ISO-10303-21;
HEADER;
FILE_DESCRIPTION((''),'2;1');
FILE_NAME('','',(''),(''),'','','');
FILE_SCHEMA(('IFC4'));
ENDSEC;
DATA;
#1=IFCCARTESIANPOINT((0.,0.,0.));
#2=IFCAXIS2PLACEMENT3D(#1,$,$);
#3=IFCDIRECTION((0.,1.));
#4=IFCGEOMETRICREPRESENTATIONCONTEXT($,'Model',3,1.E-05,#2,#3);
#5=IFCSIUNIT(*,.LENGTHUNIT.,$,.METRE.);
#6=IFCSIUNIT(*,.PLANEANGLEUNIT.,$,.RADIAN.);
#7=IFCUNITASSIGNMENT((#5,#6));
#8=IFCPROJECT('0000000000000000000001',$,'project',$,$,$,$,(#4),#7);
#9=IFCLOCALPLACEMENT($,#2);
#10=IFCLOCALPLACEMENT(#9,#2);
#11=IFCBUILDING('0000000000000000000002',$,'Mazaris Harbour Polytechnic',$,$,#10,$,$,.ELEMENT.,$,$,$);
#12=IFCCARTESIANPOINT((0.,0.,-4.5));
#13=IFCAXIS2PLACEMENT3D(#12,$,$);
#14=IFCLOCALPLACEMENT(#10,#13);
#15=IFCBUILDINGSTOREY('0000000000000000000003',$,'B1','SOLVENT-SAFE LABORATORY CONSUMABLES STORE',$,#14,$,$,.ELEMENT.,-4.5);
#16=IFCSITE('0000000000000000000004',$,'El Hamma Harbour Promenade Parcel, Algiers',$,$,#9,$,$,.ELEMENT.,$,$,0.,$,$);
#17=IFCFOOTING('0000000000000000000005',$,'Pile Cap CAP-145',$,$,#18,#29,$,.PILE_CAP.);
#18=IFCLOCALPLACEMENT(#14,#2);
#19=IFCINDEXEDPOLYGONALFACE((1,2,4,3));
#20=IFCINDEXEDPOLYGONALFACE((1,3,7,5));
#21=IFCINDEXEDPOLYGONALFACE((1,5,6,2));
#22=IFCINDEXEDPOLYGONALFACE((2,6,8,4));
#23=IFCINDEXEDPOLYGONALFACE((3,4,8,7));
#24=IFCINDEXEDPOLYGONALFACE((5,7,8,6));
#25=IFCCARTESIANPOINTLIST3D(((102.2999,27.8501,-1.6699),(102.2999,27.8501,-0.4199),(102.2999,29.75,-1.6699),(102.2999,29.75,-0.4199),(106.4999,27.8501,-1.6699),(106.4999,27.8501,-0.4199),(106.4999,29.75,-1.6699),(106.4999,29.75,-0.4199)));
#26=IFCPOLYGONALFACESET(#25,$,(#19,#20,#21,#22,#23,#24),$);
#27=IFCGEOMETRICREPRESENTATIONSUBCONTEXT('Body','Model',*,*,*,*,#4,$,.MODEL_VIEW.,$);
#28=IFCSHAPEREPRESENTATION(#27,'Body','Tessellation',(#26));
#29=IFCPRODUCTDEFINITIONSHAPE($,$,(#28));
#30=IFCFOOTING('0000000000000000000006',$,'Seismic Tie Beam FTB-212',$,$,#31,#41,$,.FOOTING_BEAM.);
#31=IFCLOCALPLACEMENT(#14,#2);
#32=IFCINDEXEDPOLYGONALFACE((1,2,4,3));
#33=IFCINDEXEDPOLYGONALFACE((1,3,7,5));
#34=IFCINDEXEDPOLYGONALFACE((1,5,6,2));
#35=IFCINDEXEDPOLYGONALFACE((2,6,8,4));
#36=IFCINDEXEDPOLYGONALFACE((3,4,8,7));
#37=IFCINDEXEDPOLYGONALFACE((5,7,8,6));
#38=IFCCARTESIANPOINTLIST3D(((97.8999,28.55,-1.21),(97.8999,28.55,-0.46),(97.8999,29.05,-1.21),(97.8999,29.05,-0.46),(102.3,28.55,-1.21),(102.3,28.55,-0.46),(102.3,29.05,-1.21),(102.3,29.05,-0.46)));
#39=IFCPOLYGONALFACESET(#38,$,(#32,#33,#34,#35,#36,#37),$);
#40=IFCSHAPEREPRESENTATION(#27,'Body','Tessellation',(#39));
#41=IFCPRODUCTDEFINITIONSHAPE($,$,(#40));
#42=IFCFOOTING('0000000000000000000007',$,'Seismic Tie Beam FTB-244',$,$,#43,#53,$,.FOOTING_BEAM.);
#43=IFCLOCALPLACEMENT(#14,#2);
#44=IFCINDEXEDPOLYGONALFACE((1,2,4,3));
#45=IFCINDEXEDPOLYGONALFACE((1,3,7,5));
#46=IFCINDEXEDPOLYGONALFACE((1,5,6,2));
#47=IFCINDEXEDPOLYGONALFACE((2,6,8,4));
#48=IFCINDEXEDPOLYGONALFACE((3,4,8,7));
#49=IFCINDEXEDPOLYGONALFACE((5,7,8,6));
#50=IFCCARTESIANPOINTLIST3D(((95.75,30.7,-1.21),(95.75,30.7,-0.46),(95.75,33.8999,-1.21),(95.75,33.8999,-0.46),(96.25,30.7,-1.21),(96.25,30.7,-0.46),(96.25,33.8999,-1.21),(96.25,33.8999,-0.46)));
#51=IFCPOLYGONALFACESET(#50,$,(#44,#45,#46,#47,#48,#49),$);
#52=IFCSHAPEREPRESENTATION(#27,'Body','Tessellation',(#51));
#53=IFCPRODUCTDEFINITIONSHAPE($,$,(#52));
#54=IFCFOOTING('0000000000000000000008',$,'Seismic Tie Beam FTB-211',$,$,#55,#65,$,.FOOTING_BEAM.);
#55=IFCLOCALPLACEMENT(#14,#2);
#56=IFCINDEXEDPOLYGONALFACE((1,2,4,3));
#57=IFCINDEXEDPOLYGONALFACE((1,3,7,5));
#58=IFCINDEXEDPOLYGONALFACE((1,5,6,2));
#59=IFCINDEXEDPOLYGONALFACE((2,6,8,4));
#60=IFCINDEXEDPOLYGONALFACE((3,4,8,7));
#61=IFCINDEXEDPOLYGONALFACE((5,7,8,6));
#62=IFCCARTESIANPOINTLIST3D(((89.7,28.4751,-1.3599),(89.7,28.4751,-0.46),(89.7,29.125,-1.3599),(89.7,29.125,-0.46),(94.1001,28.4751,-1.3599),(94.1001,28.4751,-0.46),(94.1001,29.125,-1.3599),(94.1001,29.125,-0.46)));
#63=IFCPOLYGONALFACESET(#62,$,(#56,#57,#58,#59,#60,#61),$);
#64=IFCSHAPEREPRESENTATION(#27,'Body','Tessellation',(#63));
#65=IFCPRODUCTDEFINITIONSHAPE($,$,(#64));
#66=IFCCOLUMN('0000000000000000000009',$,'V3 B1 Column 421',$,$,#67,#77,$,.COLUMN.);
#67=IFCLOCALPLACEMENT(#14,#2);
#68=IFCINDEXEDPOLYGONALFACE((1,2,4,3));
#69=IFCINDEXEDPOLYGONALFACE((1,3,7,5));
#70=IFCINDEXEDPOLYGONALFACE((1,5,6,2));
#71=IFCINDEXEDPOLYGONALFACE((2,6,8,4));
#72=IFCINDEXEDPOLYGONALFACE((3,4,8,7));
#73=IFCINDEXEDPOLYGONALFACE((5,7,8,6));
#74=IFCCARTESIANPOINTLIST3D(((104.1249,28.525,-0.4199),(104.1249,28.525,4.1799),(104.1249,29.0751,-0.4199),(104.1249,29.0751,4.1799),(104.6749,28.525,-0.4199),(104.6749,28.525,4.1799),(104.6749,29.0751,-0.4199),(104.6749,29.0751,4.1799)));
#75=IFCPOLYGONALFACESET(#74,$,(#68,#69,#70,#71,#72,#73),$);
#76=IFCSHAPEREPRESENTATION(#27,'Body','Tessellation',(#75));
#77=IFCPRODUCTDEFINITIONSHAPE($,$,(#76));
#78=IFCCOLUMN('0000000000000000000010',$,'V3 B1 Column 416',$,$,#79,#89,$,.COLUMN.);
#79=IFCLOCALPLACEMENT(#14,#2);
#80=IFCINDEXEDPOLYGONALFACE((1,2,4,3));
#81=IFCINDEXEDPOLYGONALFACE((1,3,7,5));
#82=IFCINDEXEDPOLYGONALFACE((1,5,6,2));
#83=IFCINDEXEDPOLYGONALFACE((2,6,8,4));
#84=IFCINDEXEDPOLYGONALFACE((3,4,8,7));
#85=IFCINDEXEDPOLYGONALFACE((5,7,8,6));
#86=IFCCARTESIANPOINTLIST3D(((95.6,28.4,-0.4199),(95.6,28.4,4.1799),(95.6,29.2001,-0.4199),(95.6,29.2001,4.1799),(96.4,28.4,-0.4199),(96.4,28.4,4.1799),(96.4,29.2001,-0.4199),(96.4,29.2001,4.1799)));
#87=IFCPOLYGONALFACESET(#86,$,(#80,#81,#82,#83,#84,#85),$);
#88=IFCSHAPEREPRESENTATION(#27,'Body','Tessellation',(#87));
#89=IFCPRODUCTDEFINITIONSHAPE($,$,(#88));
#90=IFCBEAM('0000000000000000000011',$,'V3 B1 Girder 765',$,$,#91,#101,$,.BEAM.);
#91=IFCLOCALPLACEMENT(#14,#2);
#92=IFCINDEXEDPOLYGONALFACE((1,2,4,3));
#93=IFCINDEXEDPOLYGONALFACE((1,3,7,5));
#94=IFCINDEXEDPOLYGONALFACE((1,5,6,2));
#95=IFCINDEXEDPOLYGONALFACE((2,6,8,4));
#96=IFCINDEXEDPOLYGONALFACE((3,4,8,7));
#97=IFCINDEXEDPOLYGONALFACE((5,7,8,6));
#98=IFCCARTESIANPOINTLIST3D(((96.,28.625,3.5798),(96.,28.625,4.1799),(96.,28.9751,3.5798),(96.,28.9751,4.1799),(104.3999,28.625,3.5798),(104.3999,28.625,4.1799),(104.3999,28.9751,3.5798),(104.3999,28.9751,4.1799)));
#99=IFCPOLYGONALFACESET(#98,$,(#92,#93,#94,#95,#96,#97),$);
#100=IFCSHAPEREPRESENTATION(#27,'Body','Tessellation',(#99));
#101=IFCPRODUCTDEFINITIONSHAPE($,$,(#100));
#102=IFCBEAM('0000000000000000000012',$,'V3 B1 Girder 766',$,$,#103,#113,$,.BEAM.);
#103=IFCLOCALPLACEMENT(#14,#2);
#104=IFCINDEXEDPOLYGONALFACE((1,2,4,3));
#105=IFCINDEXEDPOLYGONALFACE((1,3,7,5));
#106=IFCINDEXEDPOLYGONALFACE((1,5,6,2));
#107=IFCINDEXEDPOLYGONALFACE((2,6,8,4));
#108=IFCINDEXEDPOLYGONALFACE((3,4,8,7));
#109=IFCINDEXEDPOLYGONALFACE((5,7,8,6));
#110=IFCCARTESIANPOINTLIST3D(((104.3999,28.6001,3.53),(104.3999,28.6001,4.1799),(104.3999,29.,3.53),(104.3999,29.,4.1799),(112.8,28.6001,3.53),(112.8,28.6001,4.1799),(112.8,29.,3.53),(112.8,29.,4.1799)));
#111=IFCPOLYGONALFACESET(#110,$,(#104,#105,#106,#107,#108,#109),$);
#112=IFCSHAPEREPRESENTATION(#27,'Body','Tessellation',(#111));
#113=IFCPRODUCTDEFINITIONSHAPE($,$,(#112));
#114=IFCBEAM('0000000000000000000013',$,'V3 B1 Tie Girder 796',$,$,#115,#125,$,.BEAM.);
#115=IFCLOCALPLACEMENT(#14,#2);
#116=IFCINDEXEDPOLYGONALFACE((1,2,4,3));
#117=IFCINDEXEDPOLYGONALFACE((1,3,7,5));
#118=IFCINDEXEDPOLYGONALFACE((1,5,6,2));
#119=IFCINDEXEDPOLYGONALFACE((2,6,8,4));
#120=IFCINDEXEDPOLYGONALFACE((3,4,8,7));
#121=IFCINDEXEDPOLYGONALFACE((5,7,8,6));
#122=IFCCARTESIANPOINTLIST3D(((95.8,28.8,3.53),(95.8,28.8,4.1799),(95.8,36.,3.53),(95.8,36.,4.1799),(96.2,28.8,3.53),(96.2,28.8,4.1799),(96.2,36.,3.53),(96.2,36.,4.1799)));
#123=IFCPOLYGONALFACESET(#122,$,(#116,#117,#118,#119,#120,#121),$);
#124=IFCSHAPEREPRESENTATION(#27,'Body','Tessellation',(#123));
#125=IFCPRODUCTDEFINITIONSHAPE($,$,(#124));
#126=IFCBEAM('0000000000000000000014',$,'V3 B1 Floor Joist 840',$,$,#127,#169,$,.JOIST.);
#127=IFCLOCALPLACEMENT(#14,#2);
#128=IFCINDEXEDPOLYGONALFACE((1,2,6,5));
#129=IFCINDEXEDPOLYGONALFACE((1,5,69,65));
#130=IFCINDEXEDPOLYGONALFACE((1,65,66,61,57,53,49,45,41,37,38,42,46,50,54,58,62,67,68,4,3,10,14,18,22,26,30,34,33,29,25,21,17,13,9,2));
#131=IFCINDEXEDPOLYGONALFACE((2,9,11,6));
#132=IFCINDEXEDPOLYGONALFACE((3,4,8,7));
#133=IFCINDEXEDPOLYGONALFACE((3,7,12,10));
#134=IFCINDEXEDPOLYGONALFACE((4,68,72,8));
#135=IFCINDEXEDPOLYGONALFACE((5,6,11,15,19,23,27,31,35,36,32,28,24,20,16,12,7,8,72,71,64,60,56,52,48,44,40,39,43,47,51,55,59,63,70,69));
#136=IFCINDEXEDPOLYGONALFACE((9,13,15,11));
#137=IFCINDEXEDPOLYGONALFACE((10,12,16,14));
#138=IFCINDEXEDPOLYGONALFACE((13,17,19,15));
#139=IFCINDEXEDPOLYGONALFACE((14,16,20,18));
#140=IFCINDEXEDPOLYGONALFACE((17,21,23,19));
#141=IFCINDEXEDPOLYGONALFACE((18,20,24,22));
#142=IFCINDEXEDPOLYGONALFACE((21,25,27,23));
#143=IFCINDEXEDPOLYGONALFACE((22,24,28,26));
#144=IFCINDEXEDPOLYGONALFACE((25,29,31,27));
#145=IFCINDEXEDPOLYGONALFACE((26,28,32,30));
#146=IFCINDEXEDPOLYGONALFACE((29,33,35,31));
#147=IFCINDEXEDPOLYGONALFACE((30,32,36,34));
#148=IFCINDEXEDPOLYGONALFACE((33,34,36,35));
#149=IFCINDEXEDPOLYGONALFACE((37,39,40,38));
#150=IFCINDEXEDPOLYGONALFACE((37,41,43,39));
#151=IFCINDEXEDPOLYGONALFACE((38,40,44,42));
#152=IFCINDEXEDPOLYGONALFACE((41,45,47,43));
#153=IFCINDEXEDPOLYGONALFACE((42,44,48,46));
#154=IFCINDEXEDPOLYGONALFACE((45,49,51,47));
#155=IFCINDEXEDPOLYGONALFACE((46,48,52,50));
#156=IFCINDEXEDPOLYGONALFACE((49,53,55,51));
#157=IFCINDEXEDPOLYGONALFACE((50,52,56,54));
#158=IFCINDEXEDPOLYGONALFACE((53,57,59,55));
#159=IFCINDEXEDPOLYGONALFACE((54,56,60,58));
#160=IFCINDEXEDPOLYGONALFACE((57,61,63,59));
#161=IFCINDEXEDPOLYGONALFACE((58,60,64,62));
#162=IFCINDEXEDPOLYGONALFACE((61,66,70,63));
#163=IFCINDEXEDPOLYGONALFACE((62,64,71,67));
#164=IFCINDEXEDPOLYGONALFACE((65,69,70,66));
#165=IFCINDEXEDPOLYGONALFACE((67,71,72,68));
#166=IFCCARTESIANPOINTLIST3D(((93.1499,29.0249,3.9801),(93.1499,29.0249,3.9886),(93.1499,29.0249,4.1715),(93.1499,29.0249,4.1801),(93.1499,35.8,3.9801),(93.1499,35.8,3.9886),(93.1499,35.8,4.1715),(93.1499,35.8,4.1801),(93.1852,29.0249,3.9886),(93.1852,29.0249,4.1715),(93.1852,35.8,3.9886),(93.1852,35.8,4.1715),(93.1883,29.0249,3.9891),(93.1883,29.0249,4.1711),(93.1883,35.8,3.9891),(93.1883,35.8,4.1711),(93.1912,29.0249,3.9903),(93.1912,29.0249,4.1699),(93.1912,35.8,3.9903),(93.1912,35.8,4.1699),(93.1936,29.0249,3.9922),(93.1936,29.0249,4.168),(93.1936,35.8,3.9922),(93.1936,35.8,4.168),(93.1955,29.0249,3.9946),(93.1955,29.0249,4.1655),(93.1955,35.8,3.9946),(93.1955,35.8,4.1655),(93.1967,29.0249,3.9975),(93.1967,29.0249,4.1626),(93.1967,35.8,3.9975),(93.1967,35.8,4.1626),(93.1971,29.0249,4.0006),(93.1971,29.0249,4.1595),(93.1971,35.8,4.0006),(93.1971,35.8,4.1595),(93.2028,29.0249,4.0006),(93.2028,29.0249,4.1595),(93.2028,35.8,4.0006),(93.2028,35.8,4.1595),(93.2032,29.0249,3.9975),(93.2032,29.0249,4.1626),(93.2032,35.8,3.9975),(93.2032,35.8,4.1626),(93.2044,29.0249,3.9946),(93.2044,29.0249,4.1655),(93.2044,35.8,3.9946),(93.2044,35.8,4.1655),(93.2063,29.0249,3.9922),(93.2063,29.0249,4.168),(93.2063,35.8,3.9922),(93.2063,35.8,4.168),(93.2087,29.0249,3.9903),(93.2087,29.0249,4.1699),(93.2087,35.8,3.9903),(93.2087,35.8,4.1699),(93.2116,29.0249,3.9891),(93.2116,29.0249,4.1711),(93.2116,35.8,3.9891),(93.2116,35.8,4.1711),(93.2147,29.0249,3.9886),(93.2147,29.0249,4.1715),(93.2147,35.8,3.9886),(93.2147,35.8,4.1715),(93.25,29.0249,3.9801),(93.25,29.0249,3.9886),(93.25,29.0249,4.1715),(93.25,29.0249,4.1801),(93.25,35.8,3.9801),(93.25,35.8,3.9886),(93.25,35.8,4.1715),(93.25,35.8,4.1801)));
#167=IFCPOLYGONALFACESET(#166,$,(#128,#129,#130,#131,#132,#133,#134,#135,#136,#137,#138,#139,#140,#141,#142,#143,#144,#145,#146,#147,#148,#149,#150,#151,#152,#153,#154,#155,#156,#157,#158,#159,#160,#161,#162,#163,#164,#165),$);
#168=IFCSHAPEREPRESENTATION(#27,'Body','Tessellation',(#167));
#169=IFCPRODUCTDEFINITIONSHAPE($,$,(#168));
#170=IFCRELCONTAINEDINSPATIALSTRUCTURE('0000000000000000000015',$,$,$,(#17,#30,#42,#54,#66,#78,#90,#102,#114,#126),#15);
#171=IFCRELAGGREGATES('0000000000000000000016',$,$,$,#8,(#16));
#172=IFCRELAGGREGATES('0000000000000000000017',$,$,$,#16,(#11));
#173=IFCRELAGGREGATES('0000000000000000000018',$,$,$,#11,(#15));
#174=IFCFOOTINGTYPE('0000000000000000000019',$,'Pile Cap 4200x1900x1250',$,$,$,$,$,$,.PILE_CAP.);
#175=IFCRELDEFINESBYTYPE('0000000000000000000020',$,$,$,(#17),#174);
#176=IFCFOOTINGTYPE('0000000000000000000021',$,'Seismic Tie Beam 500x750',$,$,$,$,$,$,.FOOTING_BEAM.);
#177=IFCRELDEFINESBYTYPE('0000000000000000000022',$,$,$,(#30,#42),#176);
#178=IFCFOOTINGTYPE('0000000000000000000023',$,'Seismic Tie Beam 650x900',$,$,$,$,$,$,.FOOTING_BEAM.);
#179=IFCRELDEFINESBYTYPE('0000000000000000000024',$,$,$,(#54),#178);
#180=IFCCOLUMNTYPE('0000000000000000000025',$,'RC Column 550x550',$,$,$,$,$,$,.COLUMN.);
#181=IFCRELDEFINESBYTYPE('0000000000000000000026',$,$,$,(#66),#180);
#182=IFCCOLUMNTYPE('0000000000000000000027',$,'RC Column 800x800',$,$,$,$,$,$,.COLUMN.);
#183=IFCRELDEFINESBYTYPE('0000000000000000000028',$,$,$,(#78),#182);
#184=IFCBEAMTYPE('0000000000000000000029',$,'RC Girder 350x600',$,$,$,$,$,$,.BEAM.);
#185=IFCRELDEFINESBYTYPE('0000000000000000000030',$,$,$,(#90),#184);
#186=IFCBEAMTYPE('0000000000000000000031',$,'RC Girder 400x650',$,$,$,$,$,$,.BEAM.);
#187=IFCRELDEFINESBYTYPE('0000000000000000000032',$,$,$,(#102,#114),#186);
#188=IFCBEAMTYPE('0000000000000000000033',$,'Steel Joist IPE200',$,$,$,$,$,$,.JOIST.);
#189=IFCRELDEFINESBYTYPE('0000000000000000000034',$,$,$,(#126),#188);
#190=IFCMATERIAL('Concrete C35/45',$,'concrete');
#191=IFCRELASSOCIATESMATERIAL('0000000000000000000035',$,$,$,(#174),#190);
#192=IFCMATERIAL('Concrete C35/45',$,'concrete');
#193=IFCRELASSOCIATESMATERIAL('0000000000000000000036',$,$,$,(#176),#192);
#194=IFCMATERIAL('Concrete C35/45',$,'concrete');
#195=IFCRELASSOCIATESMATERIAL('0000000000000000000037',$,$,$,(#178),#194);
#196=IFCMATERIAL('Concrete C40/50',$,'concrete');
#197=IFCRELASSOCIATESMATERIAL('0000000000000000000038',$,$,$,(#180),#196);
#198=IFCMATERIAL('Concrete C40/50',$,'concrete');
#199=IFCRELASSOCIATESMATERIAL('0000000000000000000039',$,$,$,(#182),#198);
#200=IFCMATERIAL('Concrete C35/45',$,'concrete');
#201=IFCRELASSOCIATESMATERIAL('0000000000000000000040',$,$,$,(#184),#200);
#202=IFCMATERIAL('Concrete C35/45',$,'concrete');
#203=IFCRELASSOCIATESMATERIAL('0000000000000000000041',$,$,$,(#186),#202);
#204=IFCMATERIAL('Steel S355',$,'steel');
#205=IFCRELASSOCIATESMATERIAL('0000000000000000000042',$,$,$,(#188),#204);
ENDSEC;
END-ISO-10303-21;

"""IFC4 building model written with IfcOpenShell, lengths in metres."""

from ifc_helpers import new_model, si_unit, direction, frame, origin, origin_2d, place, context, subcontext, project, spatial, rectangle, i_section, extrude, material, material_profile, profile_set, type_object, element, save


model = new_model("IFC4")

# Units and contexts
model_context = context("Model", 3, precision=1e-05, world=origin(), true_north=direction((0.0, 1.0)))
body_context = subcontext(model_context, "Body", "Model", "MODEL_VIEW")
ifc_project = project(units=[si_unit("LENGTHUNIT", "METRE"), si_unit("PLANEANGLEUNIT", "RADIAN")], contexts=[model_context])

# Site, building, storey
site_placement = place(None, origin())
site = spatial("IfcSite", under=ifc_project, at=site_placement, Name="El Hamma Harbour Promenade Parcel, Algiers", CompositionType="ELEMENT", RefElevation=0.0)
building_placement = place(site_placement, origin())
building = spatial("IfcBuilding", under=site, at=building_placement, Name="Mazaris Harbour Polytechnic", CompositionType="ELEMENT")
storey_placement = place(building_placement, frame((0.0, 0.0, -4.5)))
storey = spatial("IfcBuildingStorey", under=building, at=storey_placement, Name="B1", Description="SOLVENT-SAFE LABORATORY CONSUMABLES STORE", CompositionType="ELEMENT", Elevation=-4.5)

# Footings
ifc_material_1 = material(Name="Concrete C35/45", Category="concrete")
footing_type_1 = type_object("IfcFootingType", Name="Pile Cap 4200x1900x1250", PredefinedType="PILE_CAP", material=ifc_material_1)
footing_1_placement = place(storey_placement, frame((104.3999, 28.8, -1.6699), z_axis=(0.0, 0.0, 1.0), x_axis=(1.0, 0.0, 0.0)))
element("IfcFooting", 1, at=footing_1_placement, inside=storey, type_object=footing_type_1, Name="Pile Cap CAP-145", PredefinedType="PILE_CAP", context=body_context, shape_type="SweptSolid", body=[
    extrude(rectangle(XDim=4.2, YDim=1.8999, at=origin_2d()), origin(), (0.0, 0.0, 1.0), 1.25),
])
ifc_material_2 = material(Name="Concrete C35/45", Category="concrete")
ifc_material_profile_1 = material_profile(ifc_material_2, rectangle(XDim=0.5, YDim=0.75, at=origin_2d()), Name="RECT500x750")
ifc_profile_set_1 = profile_set([ifc_material_profile_1], Name="Concrete C35/45")
footing_type_2 = type_object("IfcFootingType", Name="Seismic Tie Beam 500x750", PredefinedType="FOOTING_BEAM", material=ifc_profile_set_1)
footing_2_placement = place(storey_placement, frame((97.8999, 28.8, -0.835), z_axis=(1.0, 0.0, 0.0), x_axis=(0.0, 1.0, 0.0)))
element("IfcFooting", 2, at=footing_2_placement, inside=storey, type_object=footing_type_2, Name="Seismic Tie Beam FTB-212", PredefinedType="FOOTING_BEAM", context=body_context, shape_type="SweptSolid", body=[
    extrude(rectangle(XDim=0.5, YDim=0.75, at=origin_2d()), origin(), (0.0, 0.0, 1.0), 4.4001),
])
footing_3_placement = place(storey_placement, frame((96.0, 30.7, -0.835), z_axis=(0.0, 1.0, 0.0), x_axis=(-1.0, 0.0, 0.0)))
element("IfcFooting", 3, at=footing_3_placement, inside=storey, type_object=footing_type_2, Name="Seismic Tie Beam FTB-244", PredefinedType="FOOTING_BEAM", context=body_context, shape_type="SweptSolid", body=[
    extrude(rectangle(XDim=0.5, YDim=0.75, at=origin_2d()), origin(), (0.0, 0.0, 1.0), 3.2),
])
ifc_material_3 = material(Name="Concrete C35/45", Category="concrete")
ifc_material_profile_2 = material_profile(ifc_material_3, rectangle(XDim=0.6499, YDim=0.8999, at=origin_2d()), Name="RECT650x900")
ifc_profile_set_2 = profile_set([ifc_material_profile_2], Name="Concrete C35/45")
footing_type_3 = type_object("IfcFootingType", Name="Seismic Tie Beam 650x900", PredefinedType="FOOTING_BEAM", material=ifc_profile_set_2)
footing_4_placement = place(storey_placement, frame((89.7, 28.8, -0.9099), z_axis=(1.0, 0.0, 0.0), x_axis=(0.0, 1.0, 0.0)))
element("IfcFooting", 4, at=footing_4_placement, inside=storey, type_object=footing_type_3, Name="Seismic Tie Beam FTB-211", PredefinedType="FOOTING_BEAM", context=body_context, shape_type="SweptSolid", body=[
    extrude(rectangle(XDim=0.6499, YDim=0.8999, at=origin_2d()), origin(), (0.0, 0.0, 1.0), 4.4001),
])

# Columns
ifc_material_4 = material(Name="Concrete C40/50", Category="concrete")
ifc_material_profile_3 = material_profile(ifc_material_4, rectangle(XDim=0.55, YDim=0.55, at=origin_2d()), Name="RECT550x550")
ifc_profile_set_3 = profile_set([ifc_material_profile_3], Name="Concrete C40/50")
column_type_1 = type_object("IfcColumnType", Name="RC Column 550x550", PredefinedType="COLUMN", material=ifc_profile_set_3)
column_1_placement = place(storey_placement, frame((104.3999, 28.8, -0.4199), z_axis=(0.0, 0.0, 1.0), x_axis=(1.0, 0.0, 0.0)))
element("IfcColumn", 5, at=column_1_placement, inside=storey, type_object=column_type_1, Name="V3 B1 Column 421", PredefinedType="COLUMN", context=body_context, shape_type="SweptSolid", body=[
    extrude(rectangle(XDim=0.55, YDim=0.55, at=origin_2d()), origin(), (0.0, 0.0, 1.0), 4.5999),
])
ifc_material_5 = material(Name="Concrete C40/50", Category="concrete")
ifc_material_profile_4 = material_profile(ifc_material_5, rectangle(XDim=0.8, YDim=0.8, at=origin_2d()), Name="RECT800x800")
ifc_profile_set_4 = profile_set([ifc_material_profile_4], Name="Concrete C40/50")
column_type_2 = type_object("IfcColumnType", Name="RC Column 800x800", PredefinedType="COLUMN", material=ifc_profile_set_4)
column_2_placement = place(storey_placement, frame((96.0, 28.8, -0.4199), z_axis=(0.0, 0.0, 1.0), x_axis=(1.0, 0.0, 0.0)))
element("IfcColumn", 6, at=column_2_placement, inside=storey, type_object=column_type_2, Name="V3 B1 Column 416", PredefinedType="COLUMN", context=body_context, shape_type="SweptSolid", body=[
    extrude(rectangle(XDim=0.8, YDim=0.8, at=origin_2d()), origin(), (0.0, 0.0, 1.0), 4.5999),
])

# Beams
ifc_material_6 = material(Name="Concrete C35/45", Category="concrete")
ifc_material_profile_5 = material_profile(ifc_material_6, rectangle(XDim=0.3501, YDim=0.6001, at=origin_2d()), Name="RECT350x600")
ifc_profile_set_5 = profile_set([ifc_material_profile_5], Name="Concrete C35/45")
beam_type_1 = type_object("IfcBeamType", Name="RC Girder 350x600", PredefinedType="BEAM", material=ifc_profile_set_5)
beam_1_placement = place(storey_placement, frame((96.0, 28.8, 3.8799), z_axis=(1.0, 0.0, 0.0), x_axis=(0.0, 1.0, 0.0)))
element("IfcBeam", 7, at=beam_1_placement, inside=storey, type_object=beam_type_1, Name="V3 B1 Girder 765", PredefinedType="BEAM", context=body_context, shape_type="SweptSolid", body=[
    extrude(rectangle(XDim=0.3501, YDim=0.6001, at=origin_2d()), origin(), (0.0, 0.0, 1.0), 8.3999),
])
ifc_material_7 = material(Name="Concrete C35/45", Category="concrete")
ifc_material_profile_6 = material_profile(ifc_material_7, rectangle(XDim=0.3999, YDim=0.6499, at=origin_2d()), Name="RECT400x650")
ifc_profile_set_6 = profile_set([ifc_material_profile_6], Name="Concrete C35/45")
beam_type_2 = type_object("IfcBeamType", Name="RC Girder 400x650", PredefinedType="BEAM", material=ifc_profile_set_6)
beam_2_placement = place(storey_placement, frame((104.3999, 28.8, 3.855), z_axis=(1.0, 0.0, 0.0), x_axis=(0.0, 1.0, 0.0)))
element("IfcBeam", 8, at=beam_2_placement, inside=storey, type_object=beam_type_2, Name="V3 B1 Girder 766", PredefinedType="BEAM", context=body_context, shape_type="SweptSolid", body=[
    extrude(rectangle(XDim=0.3999, YDim=0.6499, at=origin_2d()), origin(), (0.0, 0.0, 1.0), 8.4001),
])
beam_3_placement = place(storey_placement, frame((96.0, 28.8, 3.855), z_axis=(0.0, 1.0, 0.0), x_axis=(-1.0, 0.0, 0.0)))
element("IfcBeam", 9, at=beam_3_placement, inside=storey, type_object=beam_type_2, Name="V3 B1 Tie Girder 796", PredefinedType="BEAM", context=body_context, shape_type="SweptSolid", body=[
    extrude(rectangle(XDim=0.3999, YDim=0.6499, at=origin_2d()), origin(), (0.0, 0.0, 1.0), 7.2),
])
ifc_material_8 = material(Name="Steel S355", Category="steel")
ifc_material_profile_7 = material_profile(ifc_material_8, i_section(OverallWidth=0.1001, OverallDepth=0.2, WebThickness=0.0056, FlangeThickness=0.0085, FilletRadius=0.012, at=origin_2d()), Name="IPE 200")
ifc_profile_set_7 = profile_set([ifc_material_profile_7], Name="Steel S355")
beam_type_3 = type_object("IfcBeamType", Name="Steel Joist IPE200", PredefinedType="JOIST", material=ifc_profile_set_7)
beam_4_placement = place(storey_placement, frame((93.2, 29.0249, 4.0801), z_axis=(0.0, 1.0, 0.0), x_axis=(-1.0, 0.0, 0.0)))
element("IfcBeam", 10, at=beam_4_placement, inside=storey, type_object=beam_type_3, Name="V3 B1 Floor Joist 840", PredefinedType="JOIST", context=body_context, shape_type="SweptSolid", body=[
    extrude(i_section(OverallWidth=0.1001, OverallDepth=0.2, WebThickness=0.0056, FlangeThickness=0.0085, FilletRadius=0.012, at=origin_2d()), origin(), (0.0, 0.0, 1.0), 6.7751),
])

save(model, "model.ifc")
